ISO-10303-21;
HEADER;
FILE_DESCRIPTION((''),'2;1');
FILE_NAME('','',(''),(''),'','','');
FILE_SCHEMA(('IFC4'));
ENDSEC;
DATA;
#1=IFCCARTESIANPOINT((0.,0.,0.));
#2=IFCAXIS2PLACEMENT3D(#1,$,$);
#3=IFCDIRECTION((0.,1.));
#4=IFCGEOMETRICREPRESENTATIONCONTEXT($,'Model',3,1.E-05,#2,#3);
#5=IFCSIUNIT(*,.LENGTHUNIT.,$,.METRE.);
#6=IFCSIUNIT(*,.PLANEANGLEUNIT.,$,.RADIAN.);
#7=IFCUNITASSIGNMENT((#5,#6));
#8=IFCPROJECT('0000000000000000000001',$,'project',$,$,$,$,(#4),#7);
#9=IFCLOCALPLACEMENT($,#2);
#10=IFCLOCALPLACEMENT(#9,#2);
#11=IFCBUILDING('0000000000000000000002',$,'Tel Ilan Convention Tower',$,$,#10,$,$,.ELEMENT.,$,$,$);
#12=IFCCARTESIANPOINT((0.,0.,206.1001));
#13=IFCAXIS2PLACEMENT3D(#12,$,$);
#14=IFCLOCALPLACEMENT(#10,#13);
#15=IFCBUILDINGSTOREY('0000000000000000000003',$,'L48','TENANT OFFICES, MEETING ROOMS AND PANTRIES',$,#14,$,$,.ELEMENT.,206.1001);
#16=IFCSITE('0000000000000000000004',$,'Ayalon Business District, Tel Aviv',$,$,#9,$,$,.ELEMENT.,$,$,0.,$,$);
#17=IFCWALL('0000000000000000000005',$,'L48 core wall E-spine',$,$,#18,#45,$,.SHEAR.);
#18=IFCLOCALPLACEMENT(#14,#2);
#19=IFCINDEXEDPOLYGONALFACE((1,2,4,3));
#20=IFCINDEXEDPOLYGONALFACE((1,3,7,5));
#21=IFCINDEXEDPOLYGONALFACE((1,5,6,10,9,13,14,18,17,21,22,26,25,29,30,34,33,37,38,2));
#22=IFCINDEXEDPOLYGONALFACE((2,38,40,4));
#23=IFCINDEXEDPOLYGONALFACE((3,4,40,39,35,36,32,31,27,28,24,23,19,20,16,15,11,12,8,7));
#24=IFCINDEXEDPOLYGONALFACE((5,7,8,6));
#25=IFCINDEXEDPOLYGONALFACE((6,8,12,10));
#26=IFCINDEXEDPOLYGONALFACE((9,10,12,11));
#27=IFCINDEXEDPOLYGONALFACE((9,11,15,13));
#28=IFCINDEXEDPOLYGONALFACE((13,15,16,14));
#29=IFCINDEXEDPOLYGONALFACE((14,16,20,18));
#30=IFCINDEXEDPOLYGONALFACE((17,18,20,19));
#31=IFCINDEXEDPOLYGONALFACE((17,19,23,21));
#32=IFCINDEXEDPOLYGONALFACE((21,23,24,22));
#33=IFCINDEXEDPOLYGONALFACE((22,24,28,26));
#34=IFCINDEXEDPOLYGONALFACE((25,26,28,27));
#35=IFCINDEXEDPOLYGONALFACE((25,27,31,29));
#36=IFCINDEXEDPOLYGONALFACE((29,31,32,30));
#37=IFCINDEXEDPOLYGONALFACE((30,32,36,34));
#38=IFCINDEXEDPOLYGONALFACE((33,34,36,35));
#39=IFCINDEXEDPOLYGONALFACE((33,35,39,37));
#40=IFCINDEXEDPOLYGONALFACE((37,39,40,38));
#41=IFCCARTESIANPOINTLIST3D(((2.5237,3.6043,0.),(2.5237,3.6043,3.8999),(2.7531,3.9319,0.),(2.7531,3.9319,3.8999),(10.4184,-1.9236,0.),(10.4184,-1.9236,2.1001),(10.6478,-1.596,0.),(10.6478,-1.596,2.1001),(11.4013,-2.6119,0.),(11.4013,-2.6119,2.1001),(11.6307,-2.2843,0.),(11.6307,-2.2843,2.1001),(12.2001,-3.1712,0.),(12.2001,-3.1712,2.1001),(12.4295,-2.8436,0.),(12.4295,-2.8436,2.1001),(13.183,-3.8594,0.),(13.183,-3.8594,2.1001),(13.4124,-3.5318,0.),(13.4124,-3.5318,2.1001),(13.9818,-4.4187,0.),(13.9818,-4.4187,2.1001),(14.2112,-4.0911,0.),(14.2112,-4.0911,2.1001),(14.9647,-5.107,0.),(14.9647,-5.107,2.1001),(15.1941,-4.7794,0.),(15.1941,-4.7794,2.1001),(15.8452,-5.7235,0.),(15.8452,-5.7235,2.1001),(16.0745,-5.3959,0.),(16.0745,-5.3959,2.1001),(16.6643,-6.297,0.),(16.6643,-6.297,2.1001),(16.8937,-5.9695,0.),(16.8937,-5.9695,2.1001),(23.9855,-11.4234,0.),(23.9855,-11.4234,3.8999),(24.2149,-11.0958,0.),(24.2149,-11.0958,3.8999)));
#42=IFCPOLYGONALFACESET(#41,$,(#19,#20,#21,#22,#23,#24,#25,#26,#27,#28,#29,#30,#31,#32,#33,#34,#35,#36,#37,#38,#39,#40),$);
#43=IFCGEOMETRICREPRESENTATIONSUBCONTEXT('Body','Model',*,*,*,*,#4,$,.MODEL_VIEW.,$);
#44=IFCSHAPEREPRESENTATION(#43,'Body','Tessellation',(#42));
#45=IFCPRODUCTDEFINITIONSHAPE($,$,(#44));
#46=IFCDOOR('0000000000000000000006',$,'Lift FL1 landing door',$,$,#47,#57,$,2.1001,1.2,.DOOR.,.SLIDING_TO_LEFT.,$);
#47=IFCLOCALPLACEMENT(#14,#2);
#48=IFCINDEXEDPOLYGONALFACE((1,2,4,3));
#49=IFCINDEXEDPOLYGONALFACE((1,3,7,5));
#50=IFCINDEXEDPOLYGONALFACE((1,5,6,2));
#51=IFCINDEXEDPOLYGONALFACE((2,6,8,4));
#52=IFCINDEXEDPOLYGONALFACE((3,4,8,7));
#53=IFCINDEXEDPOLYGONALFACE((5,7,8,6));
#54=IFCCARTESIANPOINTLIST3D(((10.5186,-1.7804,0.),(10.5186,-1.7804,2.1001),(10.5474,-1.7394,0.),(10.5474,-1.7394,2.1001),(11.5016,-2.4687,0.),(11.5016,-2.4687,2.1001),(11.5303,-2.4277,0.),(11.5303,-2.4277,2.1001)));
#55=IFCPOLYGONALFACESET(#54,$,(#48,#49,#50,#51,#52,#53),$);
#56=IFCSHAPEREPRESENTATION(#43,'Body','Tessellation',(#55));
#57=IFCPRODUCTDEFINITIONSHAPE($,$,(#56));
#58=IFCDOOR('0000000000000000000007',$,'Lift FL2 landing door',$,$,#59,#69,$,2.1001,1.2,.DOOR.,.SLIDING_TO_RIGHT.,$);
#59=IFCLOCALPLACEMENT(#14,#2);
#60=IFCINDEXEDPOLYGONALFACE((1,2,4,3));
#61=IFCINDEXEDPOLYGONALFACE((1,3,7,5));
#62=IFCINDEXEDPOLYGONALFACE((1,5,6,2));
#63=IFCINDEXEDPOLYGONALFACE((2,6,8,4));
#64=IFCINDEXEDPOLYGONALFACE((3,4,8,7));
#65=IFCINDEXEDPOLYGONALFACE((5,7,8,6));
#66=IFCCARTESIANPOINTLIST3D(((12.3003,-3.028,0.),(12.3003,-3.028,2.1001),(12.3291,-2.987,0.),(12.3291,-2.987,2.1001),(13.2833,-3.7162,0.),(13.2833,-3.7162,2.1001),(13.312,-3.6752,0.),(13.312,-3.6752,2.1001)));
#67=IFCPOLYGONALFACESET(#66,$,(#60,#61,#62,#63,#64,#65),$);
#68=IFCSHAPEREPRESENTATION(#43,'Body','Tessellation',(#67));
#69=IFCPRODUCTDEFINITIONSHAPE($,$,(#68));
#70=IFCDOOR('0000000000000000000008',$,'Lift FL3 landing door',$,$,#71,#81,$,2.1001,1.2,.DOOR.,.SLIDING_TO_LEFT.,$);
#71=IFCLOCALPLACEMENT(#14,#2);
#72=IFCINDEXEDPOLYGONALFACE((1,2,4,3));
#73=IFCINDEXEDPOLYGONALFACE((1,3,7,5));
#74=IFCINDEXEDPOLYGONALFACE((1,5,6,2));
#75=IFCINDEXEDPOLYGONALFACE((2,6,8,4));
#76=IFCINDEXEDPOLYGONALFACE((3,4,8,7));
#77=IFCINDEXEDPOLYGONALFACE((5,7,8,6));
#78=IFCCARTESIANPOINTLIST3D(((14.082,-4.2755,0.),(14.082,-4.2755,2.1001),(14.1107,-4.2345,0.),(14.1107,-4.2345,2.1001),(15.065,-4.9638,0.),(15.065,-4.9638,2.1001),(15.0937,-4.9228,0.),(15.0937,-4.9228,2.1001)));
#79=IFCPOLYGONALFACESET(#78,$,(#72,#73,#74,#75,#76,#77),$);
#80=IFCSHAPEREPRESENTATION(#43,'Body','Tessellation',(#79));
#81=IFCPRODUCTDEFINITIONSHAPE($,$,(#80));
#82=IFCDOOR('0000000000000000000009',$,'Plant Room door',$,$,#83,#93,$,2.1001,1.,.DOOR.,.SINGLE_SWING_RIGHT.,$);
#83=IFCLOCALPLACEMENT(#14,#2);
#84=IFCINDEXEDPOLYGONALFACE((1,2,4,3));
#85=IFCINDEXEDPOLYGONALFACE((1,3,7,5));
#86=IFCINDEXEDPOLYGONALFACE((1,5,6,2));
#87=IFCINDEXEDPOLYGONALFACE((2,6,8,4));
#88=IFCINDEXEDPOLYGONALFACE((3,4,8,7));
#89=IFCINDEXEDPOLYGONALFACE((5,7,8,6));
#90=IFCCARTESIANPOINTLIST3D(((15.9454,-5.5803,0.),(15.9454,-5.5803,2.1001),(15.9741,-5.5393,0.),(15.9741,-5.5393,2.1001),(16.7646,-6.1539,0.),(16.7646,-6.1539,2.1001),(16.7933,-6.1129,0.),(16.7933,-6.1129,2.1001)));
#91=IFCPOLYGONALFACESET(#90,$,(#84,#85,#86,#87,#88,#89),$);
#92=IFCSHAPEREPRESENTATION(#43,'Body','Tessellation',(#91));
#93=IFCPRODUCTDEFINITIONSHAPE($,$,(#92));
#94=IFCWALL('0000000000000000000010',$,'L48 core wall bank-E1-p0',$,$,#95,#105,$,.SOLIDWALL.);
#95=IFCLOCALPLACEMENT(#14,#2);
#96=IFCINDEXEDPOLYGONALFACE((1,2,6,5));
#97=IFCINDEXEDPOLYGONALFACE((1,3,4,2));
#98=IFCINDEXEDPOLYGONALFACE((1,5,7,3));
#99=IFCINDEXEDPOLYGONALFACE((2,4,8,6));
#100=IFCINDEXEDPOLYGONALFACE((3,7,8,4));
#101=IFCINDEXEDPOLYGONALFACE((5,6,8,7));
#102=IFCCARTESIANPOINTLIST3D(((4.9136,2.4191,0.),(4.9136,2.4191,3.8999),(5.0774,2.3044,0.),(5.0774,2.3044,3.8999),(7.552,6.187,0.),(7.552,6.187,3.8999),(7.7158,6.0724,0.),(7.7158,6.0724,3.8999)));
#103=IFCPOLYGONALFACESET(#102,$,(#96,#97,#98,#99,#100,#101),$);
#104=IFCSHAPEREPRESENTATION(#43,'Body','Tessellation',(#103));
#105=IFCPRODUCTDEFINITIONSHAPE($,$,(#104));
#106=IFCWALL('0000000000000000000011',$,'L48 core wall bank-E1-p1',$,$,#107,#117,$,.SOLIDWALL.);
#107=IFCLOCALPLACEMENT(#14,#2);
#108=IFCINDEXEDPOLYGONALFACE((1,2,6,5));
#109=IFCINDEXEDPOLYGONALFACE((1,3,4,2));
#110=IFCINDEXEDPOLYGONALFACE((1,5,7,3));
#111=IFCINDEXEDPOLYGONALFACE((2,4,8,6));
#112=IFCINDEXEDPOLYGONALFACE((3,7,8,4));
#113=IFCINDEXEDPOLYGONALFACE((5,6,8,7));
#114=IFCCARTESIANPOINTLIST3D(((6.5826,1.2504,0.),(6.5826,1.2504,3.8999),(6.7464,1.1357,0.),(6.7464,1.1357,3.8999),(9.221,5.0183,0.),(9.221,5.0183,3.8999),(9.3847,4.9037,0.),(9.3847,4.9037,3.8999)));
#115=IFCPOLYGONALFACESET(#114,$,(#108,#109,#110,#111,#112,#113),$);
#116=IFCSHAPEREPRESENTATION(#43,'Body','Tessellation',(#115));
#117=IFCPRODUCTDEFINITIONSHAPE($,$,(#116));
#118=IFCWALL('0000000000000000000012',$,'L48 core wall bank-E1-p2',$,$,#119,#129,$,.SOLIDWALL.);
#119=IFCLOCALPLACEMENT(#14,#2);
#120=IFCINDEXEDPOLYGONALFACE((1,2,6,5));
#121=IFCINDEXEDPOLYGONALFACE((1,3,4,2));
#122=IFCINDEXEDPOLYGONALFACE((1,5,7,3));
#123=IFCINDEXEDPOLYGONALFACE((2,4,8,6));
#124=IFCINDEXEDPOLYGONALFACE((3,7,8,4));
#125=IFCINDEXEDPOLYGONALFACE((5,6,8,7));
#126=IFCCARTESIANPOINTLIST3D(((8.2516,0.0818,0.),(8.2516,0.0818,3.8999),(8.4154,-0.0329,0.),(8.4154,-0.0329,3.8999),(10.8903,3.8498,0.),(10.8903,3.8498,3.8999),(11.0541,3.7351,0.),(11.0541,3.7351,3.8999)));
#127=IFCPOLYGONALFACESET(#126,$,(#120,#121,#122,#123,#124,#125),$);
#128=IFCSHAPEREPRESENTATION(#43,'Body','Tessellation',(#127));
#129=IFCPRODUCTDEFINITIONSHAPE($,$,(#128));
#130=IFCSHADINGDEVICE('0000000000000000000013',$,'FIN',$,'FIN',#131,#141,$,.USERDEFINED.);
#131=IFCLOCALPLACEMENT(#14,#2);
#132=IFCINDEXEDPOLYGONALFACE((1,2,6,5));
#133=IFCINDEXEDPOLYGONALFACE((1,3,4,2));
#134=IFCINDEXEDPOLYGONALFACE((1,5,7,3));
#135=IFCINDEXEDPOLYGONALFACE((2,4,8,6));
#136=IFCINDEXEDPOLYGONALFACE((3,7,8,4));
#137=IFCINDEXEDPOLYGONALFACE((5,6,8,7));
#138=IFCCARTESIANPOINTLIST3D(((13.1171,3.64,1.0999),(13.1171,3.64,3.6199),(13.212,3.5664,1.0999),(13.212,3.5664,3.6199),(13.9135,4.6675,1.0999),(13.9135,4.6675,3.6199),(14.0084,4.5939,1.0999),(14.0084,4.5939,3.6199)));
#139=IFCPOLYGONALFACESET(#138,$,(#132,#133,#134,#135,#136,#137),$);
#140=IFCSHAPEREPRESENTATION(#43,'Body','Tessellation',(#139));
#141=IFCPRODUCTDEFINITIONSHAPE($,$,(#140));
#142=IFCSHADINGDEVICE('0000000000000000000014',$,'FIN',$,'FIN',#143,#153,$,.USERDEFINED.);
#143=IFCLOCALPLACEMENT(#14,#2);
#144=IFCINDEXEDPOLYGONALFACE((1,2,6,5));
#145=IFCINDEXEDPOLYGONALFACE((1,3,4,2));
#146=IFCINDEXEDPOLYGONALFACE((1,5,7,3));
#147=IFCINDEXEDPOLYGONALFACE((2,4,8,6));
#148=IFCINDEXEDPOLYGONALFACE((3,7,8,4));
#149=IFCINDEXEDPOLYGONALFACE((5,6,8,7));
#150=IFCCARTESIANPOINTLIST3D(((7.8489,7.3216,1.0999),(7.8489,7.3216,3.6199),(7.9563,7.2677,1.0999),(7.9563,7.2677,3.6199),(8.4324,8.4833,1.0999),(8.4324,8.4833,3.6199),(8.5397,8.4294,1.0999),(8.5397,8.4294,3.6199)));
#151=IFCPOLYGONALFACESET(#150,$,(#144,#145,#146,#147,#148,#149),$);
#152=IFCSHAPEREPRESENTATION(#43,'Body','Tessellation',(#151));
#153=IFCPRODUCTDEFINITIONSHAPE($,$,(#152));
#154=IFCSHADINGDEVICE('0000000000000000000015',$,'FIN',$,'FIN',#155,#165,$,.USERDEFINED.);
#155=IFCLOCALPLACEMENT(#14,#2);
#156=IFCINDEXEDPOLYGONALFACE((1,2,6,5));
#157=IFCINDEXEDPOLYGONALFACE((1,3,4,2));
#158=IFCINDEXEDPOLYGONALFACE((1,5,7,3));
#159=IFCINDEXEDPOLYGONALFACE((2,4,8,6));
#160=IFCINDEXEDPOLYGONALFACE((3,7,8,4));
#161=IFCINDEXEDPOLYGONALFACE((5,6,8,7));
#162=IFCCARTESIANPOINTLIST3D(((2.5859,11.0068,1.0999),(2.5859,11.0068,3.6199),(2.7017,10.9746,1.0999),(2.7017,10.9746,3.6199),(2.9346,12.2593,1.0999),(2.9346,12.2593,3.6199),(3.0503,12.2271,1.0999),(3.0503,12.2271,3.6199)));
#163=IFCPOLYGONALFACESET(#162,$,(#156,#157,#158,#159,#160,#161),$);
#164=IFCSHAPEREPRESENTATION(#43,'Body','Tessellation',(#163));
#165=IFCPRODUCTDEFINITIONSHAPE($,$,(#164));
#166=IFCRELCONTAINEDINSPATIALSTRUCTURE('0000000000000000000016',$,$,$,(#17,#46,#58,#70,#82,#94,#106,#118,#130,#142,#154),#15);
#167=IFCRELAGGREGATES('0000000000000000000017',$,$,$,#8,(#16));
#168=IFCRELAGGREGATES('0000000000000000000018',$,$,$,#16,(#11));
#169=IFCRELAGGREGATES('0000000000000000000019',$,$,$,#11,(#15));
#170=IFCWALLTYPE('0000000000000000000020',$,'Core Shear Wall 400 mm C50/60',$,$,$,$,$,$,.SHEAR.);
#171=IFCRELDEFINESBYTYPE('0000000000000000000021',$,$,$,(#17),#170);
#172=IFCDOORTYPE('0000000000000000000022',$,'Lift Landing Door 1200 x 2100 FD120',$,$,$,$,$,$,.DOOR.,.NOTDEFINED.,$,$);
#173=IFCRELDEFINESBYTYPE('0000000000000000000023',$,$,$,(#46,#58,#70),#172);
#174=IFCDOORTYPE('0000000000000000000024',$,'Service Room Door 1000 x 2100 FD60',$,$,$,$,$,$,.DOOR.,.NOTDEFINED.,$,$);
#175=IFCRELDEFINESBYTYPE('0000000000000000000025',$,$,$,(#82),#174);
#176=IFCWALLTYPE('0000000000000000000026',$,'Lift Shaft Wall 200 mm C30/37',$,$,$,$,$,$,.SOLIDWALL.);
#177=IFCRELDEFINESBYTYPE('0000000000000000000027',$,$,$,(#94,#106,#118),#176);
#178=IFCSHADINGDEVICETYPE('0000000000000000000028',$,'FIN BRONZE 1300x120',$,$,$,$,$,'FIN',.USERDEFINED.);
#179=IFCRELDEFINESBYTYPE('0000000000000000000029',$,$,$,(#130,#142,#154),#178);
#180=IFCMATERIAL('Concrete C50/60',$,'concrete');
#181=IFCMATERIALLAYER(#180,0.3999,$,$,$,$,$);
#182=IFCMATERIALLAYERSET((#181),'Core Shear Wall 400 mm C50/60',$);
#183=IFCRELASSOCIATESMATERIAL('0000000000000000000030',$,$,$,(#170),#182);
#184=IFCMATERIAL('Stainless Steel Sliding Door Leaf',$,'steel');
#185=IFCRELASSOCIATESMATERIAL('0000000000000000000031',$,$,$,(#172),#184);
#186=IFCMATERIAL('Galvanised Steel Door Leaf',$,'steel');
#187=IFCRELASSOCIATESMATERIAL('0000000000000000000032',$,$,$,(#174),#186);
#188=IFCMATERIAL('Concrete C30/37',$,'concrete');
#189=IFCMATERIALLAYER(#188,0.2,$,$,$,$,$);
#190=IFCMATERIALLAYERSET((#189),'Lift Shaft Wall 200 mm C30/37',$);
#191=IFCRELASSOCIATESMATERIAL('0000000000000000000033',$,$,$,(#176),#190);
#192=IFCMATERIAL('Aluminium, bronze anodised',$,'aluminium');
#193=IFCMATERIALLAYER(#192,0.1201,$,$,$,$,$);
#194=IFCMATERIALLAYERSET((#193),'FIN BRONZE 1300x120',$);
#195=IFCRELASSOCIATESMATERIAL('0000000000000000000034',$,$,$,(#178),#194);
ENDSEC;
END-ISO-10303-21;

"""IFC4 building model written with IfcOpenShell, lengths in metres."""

from ifc_helpers import new_model, si_unit, direction, frame, frame_2d, origin, origin_2d, place, context, subcontext, project, spatial, polyline, rectangle, outline, extrude, material, layer, layer_set, type_object, element, fill, save


model = new_model("IFC4")

# Units and contexts
model_context = context("Model", 3, precision=1e-05, world=origin(), true_north=direction((0.0, 1.0)))
body_context = subcontext(model_context, "Body", "Model", "MODEL_VIEW")
ifc_project = project(units=[si_unit("LENGTHUNIT", "METRE"), si_unit("PLANEANGLEUNIT", "RADIAN")], contexts=[model_context])

# Site, building, storey
site_placement = place(None, origin())
site = spatial("IfcSite", under=ifc_project, at=site_placement, Name="Ayalon Business District, Tel Aviv", CompositionType="ELEMENT", RefElevation=0.0)
building_placement = place(site_placement, origin())
building = spatial("IfcBuilding", under=site, at=building_placement, Name="Tel Ilan Convention Tower", CompositionType="ELEMENT")
storey_placement = place(building_placement, frame((0.0, 0.0, 206.1001)))
storey = spatial("IfcBuildingStorey", under=building, at=storey_placement, Name="L48", Description="TENANT OFFICES, MEETING ROOMS AND PANTRIES", CompositionType="ELEMENT", Elevation=206.1001)

# Wall, openings, doors
ifc_material_1 = material(Name="Concrete C50/60", Category="concrete")
ifc_layer_1 = layer(ifc_material_1, 0.3999)
ifc_layer_set_1 = layer_set([ifc_layer_1], Name="Core Shear Wall 400 mm C50/60")
wall_type_1 = type_object("IfcWallType", Name="Core Shear Wall 400 mm C50/60", PredefinedType="SHEAR", material=ifc_layer_set_1)
wall_1_placement = place(storey_placement, frame((2.6384, 3.7681, 0.0), z_axis=(0.0, 0.0, 1.0), x_axis=(0.819153, -0.573576, 0.0)))
wall_1 = element("IfcWall", 1, at=wall_1_placement, inside=storey, type_object=wall_type_1, Name="L48 core wall E-spine", PredefinedType="SHEAR", context=body_context, shape_type="SweptSolid", body=[
    extrude(outline(polyline([(0.0, 0.2), (0.0, -0.2), (26.2, -0.2), (26.2, 0.2), (0.0, 0.2)])), origin(), (0.0, 0.0, 1.0), 3.8999),
])
opening_1_placement = place(wall_1_placement, frame((9.6375, 0.0, 0.0)))
opening_1 = element("IfcOpeningElement", 2, at=opening_1_placement, cuts=wall_1, PredefinedType="OPENING", context=body_context, shape_type="SweptSolid", body=[
    extrude(rectangle(XDim=1.2, YDim=2.1001, at=frame_2d((0.6001, 1.05))), frame((0.0, 0.21, 0.0), z_axis=(0.0, -1.0, 0.0), x_axis=(1.0, 0.0, 0.0)), (0.0, 0.0, 1.0), 0.4199),
])
opening_2_placement = place(wall_1_placement, frame((11.8125, 0.0, 0.0)))
opening_2 = element("IfcOpeningElement", 3, at=opening_2_placement, cuts=wall_1, PredefinedType="OPENING", context=body_context, shape_type="SweptSolid", body=[
    extrude(rectangle(XDim=1.2, YDim=2.1001, at=frame_2d((0.6001, 1.05))), frame((0.0, 0.21, 0.0), z_axis=(0.0, -1.0, 0.0), x_axis=(1.0, 0.0, 0.0)), (0.0, 0.0, 1.0), 0.4199),
])
opening_3_placement = place(wall_1_placement, frame((13.9875, 0.0, 0.0)))
opening_3 = element("IfcOpeningElement", 4, at=opening_3_placement, cuts=wall_1, PredefinedType="OPENING", context=body_context, shape_type="SweptSolid", body=[
    extrude(rectangle(XDim=1.2, YDim=2.1001, at=frame_2d((0.6001, 1.05))), frame((0.0, 0.21, 0.0), z_axis=(0.0, -1.0, 0.0), x_axis=(1.0, 0.0, 0.0)), (0.0, 0.0, 1.0), 0.4199),
])
opening_4_placement = place(wall_1_placement, frame((16.2625, 0.0, 0.0)))
opening_4 = element("IfcOpeningElement", 5, at=opening_4_placement, cuts=wall_1, PredefinedType="OPENING", context=body_context, shape_type="SweptSolid", body=[
    extrude(rectangle(XDim=1.0, YDim=2.1001, at=frame_2d((0.5, 1.05))), frame((0.0, 0.21, 0.0), z_axis=(0.0, -1.0, 0.0), x_axis=(1.0, 0.0, 0.0)), (0.0, 0.0, 1.0), 0.4199),
])
ifc_material_2 = material(Name="Stainless Steel Sliding Door Leaf", Category="steel")
door_type_1 = type_object("IfcDoorType", Name="Lift Landing Door 1200 x 2100 FD120", OperationType="NOTDEFINED", PredefinedType="DOOR", material=ifc_material_2)
door_1_placement = place(opening_1_placement, origin())
door_1 = element("IfcDoor", 6, at=door_1_placement, inside=storey, type_object=door_type_1, Name="Lift FL1 landing door", OperationType="SLIDING_TO_LEFT", OverallHeight=2.1001, OverallWidth=1.2, PredefinedType="DOOR", context=body_context, shape_type="SweptSolid", body=[
    extrude(rectangle(XDim=1.2, YDim=2.1001, at=frame_2d((0.6001, 1.05))), frame((0.0, 0.0249, 0.0), z_axis=(0.0, -1.0, 0.0), x_axis=(1.0, 0.0, 0.0)), (0.0, 0.0, 1.0), 0.05),
])
fill(opening_1, door_1)
door_2_placement = place(opening_2_placement, origin())
door_2 = element("IfcDoor", 7, at=door_2_placement, inside=storey, type_object=door_type_1, Name="Lift FL2 landing door", OperationType="SLIDING_TO_RIGHT", OverallHeight=2.1001, OverallWidth=1.2, PredefinedType="DOOR", context=body_context, shape_type="SweptSolid", body=[
    extrude(rectangle(XDim=1.2, YDim=2.1001, at=frame_2d((0.6001, 1.05))), frame((0.0, 0.0249, 0.0), z_axis=(0.0, -1.0, 0.0), x_axis=(1.0, 0.0, 0.0)), (0.0, 0.0, 1.0), 0.05),
])
fill(opening_2, door_2)
door_3_placement = place(opening_3_placement, origin())
door_3 = element("IfcDoor", 8, at=door_3_placement, inside=storey, type_object=door_type_1, Name="Lift FL3 landing door", OperationType="SLIDING_TO_LEFT", OverallHeight=2.1001, OverallWidth=1.2, PredefinedType="DOOR", context=body_context, shape_type="SweptSolid", body=[
    extrude(rectangle(XDim=1.2, YDim=2.1001, at=frame_2d((0.6001, 1.05))), frame((0.0, 0.0249, 0.0), z_axis=(0.0, -1.0, 0.0), x_axis=(1.0, 0.0, 0.0)), (0.0, 0.0, 1.0), 0.05),
])
fill(opening_3, door_3)
ifc_material_3 = material(Name="Galvanised Steel Door Leaf", Category="steel")
door_type_2 = type_object("IfcDoorType", Name="Service Room Door 1000 x 2100 FD60", OperationType="NOTDEFINED", PredefinedType="DOOR", material=ifc_material_3)
door_4_placement = place(opening_4_placement, origin())
door_4 = element("IfcDoor", 9, at=door_4_placement, inside=storey, type_object=door_type_2, Name="Plant Room door", OperationType="SINGLE_SWING_RIGHT", OverallHeight=2.1001, OverallWidth=1.0, PredefinedType="DOOR", context=body_context, shape_type="SweptSolid", body=[
    extrude(rectangle(XDim=1.0, YDim=2.1001, at=frame_2d((0.5, 1.05))), frame((0.0, 0.0249, 0.0), z_axis=(0.0, -1.0, 0.0), x_axis=(1.0, 0.0, 0.0)), (0.0, 0.0, 1.0), 0.05),
])
fill(opening_4, door_4)

# Walls
ifc_material_4 = material(Name="Concrete C30/37", Category="concrete")
ifc_layer_2 = layer(ifc_material_4, 0.2)
ifc_layer_set_2 = layer_set([ifc_layer_2], Name="Lift Shaft Wall 200 mm C30/37")
wall_type_2 = type_object("IfcWallType", Name="Lift Shaft Wall 200 mm C30/37", PredefinedType="SOLIDWALL", material=ifc_layer_set_2)
for number, where, z_axis, x_axis, name in (
    (10, (4.9956, 2.3618, 0.0), (0.0, 0.0, 1.0), (0.573576, 0.819152, 0.0), "L48 core wall bank-E1-p0"),
    (11, (6.6646, 1.1931, 0.0), (0.0, 0.0, 1.0), (0.573576, 0.819152, 0.0), "L48 core wall bank-E1-p1"),
):
    element("IfcWall", number, at=place(storey_placement, frame(where, z_axis=z_axis, x_axis=x_axis)), inside=storey, type_object=wall_type_2, Name=name, PredefinedType="SOLIDWALL", context=body_context, shape_type="SweptSolid", body=[
        extrude(rectangle(XDim=4.5999, YDim=0.2, at=frame_2d((2.2998, 0.0))), origin(), (0.0, 0.0, 1.0), 3.8999),
    ])
wall_2_placement = place(storey_placement, frame((8.3335, 0.0244, 0.0), z_axis=(0.0, 0.0, 1.0), x_axis=(0.573612, 0.819127, 0.0)))
element("IfcWall", 12, at=wall_2_placement, inside=storey, type_object=wall_type_2, Name="L48 core wall bank-E1-p2", PredefinedType="SOLIDWALL", context=body_context, shape_type="SweptSolid", body=[
    extrude(rectangle(XDim=4.6001, YDim=0.2, at=frame_2d((2.3, 0.0))), origin(), (0.0, 0.0, 1.0), 3.8999),
])

# Shading devices
ifc_material_5 = material(Name="Aluminium, bronze anodised", Category="aluminium")
ifc_layer_3 = layer(ifc_material_5, 0.1201)
ifc_layer_set_3 = layer_set([ifc_layer_3], Name="FIN BRONZE 1300x120")
shading_device_type = type_object("IfcShadingDeviceType", Name="FIN BRONZE 1300x120", ElementType="FIN", PredefinedType="USERDEFINED", material=ifc_layer_set_3)
for number, where, z_axis, x_axis, name in (
    (13, (13.5627, 4.1169, 1.0999), (0.0, 0.0, 1.0), (0.612601, 0.790393, 0.0), "FIN"),
    (14, (8.1943, 7.8755, 1.0999), (0.0, 0.0, 1.0), (0.448799, 0.893633, 0.0), "FIN"),
    (15, (2.8181, 11.6169, 1.0999), (0.0, 0.0, 1.0), (0.268173, 0.963371, 0.0), "FIN"),
):
    element("IfcShadingDevice", number, at=place(storey_placement, frame(where, z_axis=z_axis, x_axis=x_axis)), inside=storey, type_object=shading_device_type, Name=name, ObjectType="FIN", PredefinedType="USERDEFINED", context=body_context, shape_type="SweptSolid", body=[
        extrude(rectangle(XDim=1.3, YDim=0.1201, at=origin_2d()), origin(), (0.0, 0.0, 1.0), 2.52),
    ])

save(model, "model.ifc")
